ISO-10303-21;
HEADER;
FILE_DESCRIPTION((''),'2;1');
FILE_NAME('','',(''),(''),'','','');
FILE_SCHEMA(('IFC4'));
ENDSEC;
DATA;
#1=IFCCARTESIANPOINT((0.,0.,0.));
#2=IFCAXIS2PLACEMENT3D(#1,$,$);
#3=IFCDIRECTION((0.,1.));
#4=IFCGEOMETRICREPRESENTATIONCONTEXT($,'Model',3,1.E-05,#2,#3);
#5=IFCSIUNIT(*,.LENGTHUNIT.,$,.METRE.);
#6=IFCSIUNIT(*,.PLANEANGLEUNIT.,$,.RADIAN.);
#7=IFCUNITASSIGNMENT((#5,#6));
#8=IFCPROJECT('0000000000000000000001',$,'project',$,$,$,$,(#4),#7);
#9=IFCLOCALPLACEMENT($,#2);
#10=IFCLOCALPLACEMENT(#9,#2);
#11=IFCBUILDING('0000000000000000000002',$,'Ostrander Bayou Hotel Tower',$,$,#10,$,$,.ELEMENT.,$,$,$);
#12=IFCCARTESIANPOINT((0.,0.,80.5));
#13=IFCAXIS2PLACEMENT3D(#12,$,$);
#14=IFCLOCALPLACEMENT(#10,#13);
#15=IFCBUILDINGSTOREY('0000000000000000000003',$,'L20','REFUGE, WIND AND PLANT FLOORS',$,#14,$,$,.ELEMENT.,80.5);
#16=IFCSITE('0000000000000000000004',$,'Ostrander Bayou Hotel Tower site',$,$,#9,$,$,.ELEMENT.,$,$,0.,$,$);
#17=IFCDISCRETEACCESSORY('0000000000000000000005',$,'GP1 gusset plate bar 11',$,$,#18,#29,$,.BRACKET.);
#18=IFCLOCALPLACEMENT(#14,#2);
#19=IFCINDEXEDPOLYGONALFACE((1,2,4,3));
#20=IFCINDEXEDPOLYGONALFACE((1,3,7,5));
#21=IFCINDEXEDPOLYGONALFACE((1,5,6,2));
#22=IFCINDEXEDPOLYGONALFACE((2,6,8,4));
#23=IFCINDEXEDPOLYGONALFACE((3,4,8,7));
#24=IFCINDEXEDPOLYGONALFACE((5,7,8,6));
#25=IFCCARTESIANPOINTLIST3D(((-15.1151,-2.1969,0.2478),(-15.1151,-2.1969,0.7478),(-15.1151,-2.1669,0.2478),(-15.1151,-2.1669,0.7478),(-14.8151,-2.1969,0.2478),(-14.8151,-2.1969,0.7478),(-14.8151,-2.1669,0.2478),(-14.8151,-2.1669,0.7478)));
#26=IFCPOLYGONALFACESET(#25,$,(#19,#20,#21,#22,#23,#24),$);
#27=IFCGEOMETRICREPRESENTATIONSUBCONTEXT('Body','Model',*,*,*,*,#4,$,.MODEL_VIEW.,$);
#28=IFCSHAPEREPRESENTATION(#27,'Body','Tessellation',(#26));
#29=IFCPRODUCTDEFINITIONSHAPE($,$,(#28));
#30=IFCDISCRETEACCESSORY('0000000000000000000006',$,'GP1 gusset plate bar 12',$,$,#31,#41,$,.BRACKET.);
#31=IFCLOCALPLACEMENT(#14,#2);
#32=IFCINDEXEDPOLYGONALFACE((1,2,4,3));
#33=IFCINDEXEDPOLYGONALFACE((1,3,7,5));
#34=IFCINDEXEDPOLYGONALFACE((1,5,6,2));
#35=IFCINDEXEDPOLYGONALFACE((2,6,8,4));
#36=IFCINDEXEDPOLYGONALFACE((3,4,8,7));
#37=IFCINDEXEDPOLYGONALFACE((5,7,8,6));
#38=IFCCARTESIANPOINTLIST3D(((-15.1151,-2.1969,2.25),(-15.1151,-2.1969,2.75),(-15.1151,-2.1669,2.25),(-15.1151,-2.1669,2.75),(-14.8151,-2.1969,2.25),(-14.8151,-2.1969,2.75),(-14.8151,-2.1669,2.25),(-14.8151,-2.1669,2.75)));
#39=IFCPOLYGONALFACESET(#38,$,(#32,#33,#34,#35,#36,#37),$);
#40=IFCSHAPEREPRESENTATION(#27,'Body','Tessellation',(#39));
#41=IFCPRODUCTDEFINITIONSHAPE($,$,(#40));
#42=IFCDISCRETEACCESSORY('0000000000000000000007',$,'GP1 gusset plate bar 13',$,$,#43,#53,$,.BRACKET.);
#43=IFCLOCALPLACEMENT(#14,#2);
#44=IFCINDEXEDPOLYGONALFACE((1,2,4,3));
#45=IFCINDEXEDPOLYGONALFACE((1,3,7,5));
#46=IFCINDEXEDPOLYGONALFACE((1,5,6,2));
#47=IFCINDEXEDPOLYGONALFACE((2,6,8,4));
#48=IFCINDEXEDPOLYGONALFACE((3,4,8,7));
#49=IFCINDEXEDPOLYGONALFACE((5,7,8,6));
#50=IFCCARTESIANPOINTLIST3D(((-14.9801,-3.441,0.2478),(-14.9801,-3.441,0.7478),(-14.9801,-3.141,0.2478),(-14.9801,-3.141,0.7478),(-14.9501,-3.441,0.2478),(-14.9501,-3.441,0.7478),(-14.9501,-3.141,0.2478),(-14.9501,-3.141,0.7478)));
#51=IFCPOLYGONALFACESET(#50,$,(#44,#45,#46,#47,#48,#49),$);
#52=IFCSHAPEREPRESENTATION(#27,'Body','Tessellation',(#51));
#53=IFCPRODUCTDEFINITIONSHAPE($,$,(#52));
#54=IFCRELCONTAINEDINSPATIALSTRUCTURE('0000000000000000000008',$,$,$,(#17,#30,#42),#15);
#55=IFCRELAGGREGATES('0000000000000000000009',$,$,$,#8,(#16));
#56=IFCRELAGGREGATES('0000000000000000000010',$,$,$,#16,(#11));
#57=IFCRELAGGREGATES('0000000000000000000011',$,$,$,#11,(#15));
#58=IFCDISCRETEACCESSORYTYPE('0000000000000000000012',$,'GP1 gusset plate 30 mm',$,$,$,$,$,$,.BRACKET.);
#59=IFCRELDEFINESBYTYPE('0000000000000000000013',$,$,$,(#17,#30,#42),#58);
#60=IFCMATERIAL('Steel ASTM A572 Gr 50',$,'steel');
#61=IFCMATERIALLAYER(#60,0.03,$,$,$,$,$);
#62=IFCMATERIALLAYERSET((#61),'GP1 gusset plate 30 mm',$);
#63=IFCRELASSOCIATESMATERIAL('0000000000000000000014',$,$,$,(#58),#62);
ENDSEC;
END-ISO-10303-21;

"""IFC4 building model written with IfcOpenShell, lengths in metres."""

from ifc_helpers import new_model, si_unit, direction, frame, origin, origin_2d, place, context, subcontext, project, spatial, rectangle, extrude, material, layer, layer_set, type_object, element, save


model = new_model("IFC4")

# Units and contexts
model_context = context("Model", 3, precision=1e-05, world=origin(), true_north=direction((0.0, 1.0)))
body_context = subcontext(model_context, "Body", "Model", "MODEL_VIEW")
ifc_project = project(units=[si_unit("LENGTHUNIT", "METRE"), si_unit("PLANEANGLEUNIT", "RADIAN")], contexts=[model_context])

# Site, building, storey
site_placement = place(None, origin())
site = spatial("IfcSite", under=ifc_project, at=site_placement, Name="Ostrander Bayou Hotel Tower site", CompositionType="ELEMENT", RefElevation=0.0)
building_placement = place(site_placement, origin())
building = spatial("IfcBuilding", under=site, at=building_placement, Name="Ostrander Bayou Hotel Tower", CompositionType="ELEMENT")
storey_placement = place(building_placement, frame((0.0, 0.0, 80.5)))
storey = spatial("IfcBuildingStorey", under=building, at=storey_placement, Name="L20", Description="REFUGE, WIND AND PLANT FLOORS", CompositionType="ELEMENT", Elevation=80.5)

# Discrete accessories
ifc_material_1 = material(Name="Steel ASTM A572 Gr 50", Category="steel")
ifc_layer_1 = layer(ifc_material_1, 0.03)
ifc_layer_set_1 = layer_set([ifc_layer_1], Name="GP1 gusset plate 30 mm")
discrete_accessory_type = type_object("IfcDiscreteAccessoryType", Name="GP1 gusset plate 30 mm", PredefinedType="BRACKET", material=ifc_layer_set_1)
for number, where, z_axis, x_axis, name in (
    (1, (-14.9651, -2.1819, 0.2478), (0.0, 0.0, 1.0), (1.0, 0.0, 0.0), "GP1 gusset plate bar 11"),
    (2, (-14.9651, -2.1819, 2.25), (0.0, 0.0, 1.0), (1.0, 0.0, 0.0), "GP1 gusset plate bar 12"),
    (3, (-14.9651, -3.291, 0.2478), (0.0, 0.0, 1.0), (0.0, -1.0, 0.0), "GP1 gusset plate bar 13"),
):
    element("IfcDiscreteAccessory", number, at=place(storey_placement, frame(where, z_axis=z_axis, x_axis=x_axis)), inside=storey, type_object=discrete_accessory_type, Name=name, PredefinedType="BRACKET", context=body_context, shape_type="SweptSolid", body=[
        extrude(rectangle(XDim=0.3, YDim=0.03, at=origin_2d()), origin(), (0.0, 0.0, 1.0), 0.5),
    ])

save(model, "model.ifc")
